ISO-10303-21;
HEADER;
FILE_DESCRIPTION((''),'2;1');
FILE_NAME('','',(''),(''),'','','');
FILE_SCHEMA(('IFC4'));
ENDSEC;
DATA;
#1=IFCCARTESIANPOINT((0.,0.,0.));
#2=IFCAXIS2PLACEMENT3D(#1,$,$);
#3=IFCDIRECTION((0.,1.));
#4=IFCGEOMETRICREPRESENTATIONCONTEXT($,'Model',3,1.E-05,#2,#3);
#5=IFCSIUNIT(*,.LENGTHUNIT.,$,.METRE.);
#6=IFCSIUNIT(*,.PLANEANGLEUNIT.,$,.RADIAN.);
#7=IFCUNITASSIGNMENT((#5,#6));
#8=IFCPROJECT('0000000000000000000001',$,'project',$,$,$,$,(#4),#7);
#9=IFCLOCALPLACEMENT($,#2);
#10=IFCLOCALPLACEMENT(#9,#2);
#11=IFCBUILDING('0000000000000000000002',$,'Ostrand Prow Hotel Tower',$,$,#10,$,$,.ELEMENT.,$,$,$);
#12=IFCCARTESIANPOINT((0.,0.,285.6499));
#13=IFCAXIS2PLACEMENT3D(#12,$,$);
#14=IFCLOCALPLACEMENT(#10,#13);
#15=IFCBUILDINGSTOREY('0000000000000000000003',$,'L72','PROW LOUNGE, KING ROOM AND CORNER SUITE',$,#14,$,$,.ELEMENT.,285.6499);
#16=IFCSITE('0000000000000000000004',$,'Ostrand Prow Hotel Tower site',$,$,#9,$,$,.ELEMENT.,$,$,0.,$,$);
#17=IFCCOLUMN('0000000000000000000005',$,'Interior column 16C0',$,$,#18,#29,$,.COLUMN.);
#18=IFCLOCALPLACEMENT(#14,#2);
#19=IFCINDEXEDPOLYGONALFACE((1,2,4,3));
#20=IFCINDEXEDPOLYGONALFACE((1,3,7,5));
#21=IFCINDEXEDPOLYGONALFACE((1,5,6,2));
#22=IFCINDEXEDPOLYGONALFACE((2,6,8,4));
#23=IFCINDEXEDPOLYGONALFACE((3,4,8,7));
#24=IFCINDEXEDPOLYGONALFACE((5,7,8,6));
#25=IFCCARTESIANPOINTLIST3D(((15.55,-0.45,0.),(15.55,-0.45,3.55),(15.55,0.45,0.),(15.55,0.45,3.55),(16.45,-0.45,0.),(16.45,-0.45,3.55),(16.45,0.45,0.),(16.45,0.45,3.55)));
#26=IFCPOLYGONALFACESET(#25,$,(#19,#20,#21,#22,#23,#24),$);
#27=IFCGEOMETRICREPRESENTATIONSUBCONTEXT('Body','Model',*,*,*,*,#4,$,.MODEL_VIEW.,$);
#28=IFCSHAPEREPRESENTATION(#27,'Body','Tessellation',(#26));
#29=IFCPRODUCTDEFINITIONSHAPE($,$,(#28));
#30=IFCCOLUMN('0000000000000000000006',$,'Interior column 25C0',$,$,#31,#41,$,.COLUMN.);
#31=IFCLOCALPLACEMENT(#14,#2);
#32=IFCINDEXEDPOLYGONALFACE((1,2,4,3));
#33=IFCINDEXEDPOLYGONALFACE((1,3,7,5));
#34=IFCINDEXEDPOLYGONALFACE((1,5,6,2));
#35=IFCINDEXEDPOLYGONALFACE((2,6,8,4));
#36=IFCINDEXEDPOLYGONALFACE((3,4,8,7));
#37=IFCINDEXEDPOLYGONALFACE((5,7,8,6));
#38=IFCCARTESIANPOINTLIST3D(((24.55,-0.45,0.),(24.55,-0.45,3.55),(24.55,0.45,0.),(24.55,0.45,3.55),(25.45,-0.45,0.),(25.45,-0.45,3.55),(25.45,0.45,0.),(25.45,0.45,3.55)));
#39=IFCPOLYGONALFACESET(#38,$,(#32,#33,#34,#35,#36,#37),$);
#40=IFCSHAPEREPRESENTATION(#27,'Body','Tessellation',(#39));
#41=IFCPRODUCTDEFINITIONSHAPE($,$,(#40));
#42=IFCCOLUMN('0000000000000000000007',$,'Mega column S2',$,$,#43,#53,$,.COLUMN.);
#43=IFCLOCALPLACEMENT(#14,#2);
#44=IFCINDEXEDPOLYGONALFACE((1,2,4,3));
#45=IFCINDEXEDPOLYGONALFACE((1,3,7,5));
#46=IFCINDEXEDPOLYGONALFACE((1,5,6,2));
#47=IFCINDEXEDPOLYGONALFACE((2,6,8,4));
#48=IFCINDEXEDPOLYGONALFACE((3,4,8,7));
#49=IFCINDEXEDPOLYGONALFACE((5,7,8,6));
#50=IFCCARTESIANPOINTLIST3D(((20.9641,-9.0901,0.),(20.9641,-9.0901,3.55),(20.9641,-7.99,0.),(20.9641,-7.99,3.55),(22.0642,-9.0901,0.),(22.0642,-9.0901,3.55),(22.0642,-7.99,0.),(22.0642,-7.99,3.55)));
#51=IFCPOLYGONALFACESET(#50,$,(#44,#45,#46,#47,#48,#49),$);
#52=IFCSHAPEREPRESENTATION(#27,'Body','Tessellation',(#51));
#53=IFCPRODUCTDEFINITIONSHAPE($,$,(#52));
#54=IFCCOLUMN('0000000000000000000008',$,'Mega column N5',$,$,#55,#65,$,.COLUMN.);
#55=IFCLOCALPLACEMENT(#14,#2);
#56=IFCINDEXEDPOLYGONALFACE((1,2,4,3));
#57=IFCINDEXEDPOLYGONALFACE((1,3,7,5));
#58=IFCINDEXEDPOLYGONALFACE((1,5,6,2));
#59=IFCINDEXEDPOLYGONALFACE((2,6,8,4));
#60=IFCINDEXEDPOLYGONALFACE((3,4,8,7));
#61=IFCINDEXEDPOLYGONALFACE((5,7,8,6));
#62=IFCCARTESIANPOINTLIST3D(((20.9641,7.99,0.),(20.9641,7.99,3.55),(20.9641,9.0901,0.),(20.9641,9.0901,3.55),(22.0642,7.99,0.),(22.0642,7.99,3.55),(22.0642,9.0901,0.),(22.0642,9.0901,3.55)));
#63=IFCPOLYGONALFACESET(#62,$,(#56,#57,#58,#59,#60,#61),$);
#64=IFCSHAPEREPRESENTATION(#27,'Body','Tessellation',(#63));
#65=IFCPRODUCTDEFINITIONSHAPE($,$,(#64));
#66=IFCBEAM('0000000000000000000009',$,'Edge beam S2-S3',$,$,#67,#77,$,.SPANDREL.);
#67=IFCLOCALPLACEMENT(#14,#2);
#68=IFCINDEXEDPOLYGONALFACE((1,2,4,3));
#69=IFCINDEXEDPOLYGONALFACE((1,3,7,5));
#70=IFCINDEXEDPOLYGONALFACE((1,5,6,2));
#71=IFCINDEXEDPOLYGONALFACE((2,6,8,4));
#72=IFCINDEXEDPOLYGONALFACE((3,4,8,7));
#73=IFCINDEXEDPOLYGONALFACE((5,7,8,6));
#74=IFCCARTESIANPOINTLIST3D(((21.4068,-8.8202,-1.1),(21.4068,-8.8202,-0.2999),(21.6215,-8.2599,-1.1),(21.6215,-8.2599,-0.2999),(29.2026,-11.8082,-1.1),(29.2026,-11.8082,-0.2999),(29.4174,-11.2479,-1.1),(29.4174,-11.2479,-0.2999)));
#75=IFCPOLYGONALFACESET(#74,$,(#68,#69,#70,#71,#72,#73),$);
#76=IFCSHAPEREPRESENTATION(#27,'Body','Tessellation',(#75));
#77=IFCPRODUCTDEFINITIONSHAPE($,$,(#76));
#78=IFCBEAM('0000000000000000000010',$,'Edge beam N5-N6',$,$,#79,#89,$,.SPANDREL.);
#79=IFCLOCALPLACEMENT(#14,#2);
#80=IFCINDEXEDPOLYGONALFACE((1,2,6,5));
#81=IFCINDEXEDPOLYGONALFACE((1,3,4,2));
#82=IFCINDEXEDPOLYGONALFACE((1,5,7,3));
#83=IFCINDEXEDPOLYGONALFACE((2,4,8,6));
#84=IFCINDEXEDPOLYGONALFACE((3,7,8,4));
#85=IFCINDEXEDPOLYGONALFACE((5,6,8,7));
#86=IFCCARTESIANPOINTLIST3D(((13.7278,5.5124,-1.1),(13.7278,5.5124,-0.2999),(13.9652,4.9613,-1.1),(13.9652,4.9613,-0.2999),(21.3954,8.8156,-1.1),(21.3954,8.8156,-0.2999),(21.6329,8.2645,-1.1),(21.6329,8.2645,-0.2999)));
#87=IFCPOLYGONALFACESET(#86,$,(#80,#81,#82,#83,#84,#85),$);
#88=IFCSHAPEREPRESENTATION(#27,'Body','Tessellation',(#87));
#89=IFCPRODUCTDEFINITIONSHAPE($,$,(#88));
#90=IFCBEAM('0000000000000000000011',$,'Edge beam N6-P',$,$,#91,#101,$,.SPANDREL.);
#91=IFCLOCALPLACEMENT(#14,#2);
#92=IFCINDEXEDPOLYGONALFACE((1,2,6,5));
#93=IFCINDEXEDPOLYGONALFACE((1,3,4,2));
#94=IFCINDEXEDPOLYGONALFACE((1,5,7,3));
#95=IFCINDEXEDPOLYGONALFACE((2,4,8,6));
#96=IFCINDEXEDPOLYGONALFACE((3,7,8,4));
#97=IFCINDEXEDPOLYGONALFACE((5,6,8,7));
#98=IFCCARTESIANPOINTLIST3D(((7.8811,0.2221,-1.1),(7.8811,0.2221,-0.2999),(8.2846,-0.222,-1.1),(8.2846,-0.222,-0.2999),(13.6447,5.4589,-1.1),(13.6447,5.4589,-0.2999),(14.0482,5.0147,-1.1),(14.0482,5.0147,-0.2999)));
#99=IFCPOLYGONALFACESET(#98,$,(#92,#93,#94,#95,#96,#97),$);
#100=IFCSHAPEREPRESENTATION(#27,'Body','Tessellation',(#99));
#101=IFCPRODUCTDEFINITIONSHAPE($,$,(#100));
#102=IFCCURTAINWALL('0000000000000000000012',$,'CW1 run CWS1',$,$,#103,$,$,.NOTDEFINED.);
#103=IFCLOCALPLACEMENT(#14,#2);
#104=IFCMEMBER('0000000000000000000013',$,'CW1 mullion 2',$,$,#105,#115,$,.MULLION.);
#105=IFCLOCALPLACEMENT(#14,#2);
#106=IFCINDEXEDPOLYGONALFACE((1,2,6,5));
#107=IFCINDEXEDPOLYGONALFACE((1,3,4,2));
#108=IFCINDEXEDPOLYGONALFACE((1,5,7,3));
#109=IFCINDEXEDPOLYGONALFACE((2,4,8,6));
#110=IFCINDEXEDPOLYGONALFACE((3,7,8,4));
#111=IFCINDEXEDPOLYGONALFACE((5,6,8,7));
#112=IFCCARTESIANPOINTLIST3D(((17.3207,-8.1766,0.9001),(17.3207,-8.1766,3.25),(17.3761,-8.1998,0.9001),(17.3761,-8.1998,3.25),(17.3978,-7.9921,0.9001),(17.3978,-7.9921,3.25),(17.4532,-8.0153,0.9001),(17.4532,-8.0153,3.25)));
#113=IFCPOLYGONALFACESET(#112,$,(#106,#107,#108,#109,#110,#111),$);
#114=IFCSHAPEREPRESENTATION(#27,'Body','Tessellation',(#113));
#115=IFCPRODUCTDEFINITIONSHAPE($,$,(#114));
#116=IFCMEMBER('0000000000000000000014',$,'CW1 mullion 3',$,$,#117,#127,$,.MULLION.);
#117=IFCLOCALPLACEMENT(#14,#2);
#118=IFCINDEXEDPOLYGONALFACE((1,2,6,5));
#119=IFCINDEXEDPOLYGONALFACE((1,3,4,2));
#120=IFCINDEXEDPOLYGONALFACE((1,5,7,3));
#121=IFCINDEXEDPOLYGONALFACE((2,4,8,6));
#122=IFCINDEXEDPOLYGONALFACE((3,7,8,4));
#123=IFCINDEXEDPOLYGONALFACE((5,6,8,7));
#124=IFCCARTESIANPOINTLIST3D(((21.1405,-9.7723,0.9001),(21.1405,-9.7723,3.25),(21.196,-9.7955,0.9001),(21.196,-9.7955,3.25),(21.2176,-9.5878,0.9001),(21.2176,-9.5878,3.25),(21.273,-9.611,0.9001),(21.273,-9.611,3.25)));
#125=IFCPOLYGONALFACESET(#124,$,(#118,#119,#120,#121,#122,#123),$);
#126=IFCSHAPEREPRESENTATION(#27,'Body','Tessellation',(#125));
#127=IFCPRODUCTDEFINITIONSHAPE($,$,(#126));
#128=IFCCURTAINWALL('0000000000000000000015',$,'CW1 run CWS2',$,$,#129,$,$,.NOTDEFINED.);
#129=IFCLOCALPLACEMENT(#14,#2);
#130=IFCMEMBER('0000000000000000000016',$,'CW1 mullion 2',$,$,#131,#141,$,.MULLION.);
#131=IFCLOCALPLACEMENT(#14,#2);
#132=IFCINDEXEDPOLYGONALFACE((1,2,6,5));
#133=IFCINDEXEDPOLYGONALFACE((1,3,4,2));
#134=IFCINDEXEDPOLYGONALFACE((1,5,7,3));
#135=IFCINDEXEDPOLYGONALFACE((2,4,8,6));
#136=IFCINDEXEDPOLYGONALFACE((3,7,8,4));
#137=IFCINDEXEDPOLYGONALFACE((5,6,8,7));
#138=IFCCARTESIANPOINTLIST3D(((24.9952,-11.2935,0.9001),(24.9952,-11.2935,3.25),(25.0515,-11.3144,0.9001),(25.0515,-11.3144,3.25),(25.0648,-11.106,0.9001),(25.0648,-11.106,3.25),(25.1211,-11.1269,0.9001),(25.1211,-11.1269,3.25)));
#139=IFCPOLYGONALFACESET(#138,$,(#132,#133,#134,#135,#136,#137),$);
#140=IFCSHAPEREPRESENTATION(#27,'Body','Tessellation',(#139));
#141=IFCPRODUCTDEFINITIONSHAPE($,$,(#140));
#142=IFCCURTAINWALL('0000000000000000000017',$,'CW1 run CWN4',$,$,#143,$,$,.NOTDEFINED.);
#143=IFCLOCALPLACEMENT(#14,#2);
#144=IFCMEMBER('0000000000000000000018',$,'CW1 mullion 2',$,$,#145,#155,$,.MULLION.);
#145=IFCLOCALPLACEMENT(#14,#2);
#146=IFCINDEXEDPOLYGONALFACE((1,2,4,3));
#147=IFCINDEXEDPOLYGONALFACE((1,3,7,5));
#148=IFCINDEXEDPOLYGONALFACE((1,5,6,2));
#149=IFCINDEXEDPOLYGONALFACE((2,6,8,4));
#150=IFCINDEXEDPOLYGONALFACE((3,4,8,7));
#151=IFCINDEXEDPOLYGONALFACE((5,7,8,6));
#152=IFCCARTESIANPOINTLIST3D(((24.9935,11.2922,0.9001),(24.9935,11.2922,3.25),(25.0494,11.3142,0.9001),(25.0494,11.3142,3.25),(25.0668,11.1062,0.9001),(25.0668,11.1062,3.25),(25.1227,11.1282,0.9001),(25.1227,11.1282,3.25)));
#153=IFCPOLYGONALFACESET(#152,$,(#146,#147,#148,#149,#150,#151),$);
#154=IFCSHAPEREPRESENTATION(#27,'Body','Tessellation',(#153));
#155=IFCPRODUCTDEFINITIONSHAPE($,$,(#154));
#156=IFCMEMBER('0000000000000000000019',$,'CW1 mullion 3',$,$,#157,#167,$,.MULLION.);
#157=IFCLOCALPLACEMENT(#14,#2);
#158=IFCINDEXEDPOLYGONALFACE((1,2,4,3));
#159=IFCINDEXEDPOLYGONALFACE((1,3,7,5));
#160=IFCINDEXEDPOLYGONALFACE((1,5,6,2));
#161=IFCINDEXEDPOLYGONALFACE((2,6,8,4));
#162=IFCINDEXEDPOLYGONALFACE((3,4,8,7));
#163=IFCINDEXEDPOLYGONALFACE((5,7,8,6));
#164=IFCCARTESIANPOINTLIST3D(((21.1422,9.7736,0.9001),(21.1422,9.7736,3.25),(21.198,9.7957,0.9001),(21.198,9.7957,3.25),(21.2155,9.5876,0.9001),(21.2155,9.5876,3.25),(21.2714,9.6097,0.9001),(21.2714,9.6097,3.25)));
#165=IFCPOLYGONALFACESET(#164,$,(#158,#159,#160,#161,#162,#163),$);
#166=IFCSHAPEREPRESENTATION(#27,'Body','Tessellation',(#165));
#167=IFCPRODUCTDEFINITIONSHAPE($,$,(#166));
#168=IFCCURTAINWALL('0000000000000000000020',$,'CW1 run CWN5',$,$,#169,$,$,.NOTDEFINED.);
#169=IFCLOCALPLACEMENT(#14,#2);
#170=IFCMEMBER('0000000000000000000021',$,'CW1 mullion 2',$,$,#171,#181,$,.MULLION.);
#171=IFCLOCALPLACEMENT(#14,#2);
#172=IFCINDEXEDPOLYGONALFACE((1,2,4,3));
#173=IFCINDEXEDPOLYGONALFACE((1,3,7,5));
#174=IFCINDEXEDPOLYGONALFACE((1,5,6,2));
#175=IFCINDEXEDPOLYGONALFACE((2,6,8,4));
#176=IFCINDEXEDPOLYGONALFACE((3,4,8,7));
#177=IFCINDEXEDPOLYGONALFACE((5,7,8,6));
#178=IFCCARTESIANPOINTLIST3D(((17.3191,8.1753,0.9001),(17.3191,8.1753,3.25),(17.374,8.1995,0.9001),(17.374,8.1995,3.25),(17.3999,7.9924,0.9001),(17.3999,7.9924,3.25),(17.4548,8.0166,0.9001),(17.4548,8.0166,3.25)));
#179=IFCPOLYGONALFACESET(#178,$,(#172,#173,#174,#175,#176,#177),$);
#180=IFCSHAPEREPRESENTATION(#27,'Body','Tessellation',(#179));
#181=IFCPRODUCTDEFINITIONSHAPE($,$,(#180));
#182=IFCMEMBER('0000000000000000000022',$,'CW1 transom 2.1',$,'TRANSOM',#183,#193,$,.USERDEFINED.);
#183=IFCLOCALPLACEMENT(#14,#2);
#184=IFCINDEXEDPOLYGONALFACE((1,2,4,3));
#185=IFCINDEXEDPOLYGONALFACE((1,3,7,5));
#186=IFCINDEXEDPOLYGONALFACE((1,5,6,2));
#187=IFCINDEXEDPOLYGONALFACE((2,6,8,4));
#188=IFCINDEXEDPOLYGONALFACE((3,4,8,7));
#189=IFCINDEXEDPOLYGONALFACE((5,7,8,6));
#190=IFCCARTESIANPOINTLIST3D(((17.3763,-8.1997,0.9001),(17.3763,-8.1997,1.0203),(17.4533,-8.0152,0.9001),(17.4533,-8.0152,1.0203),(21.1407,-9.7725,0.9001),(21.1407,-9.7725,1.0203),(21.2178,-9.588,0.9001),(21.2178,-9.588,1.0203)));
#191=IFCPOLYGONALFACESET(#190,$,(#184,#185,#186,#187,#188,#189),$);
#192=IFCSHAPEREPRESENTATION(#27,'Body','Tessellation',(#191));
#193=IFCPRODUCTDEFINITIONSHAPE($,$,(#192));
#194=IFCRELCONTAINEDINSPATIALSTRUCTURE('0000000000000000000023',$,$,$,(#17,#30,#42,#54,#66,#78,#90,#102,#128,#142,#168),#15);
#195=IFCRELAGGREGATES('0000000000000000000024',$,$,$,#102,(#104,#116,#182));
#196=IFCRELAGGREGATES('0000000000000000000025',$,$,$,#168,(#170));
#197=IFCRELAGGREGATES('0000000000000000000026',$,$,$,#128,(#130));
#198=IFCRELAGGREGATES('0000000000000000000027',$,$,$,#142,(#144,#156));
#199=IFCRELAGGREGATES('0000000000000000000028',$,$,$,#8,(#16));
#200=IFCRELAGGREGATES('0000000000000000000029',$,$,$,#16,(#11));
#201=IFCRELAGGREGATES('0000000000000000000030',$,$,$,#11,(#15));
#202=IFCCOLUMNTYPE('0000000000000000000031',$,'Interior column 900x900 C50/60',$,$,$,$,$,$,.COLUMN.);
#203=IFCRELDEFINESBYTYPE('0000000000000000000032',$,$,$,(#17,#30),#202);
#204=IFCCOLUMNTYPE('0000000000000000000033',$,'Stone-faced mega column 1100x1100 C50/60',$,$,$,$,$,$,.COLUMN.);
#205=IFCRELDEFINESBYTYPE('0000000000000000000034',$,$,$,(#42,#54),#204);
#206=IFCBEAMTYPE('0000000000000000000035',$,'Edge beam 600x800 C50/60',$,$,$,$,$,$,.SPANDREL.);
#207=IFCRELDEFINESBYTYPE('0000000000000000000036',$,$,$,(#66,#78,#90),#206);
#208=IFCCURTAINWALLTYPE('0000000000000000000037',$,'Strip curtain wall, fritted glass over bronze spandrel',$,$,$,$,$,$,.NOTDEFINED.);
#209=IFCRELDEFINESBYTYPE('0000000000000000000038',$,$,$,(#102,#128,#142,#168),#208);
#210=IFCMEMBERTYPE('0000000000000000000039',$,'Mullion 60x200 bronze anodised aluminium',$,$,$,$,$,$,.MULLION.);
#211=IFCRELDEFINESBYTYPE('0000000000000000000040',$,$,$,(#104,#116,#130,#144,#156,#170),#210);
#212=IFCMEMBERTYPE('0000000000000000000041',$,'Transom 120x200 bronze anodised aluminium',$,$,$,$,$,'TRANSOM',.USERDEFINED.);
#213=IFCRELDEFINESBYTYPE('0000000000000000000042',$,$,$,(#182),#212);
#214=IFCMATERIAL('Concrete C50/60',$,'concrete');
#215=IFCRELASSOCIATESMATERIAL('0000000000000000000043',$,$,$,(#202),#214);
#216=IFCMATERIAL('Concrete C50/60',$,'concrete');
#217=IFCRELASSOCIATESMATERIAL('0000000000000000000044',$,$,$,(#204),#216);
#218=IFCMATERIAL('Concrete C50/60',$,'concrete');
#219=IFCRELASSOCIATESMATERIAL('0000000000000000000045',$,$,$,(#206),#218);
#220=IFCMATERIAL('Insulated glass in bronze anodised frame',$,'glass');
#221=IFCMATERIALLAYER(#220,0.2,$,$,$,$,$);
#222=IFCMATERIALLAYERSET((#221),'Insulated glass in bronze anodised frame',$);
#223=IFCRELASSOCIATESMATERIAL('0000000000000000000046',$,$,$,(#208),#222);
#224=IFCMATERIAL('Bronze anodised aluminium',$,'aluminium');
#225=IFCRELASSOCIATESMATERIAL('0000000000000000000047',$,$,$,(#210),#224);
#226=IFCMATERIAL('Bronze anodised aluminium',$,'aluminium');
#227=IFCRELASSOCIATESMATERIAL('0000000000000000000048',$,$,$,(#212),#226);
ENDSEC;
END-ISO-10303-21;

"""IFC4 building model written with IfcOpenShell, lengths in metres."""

from ifc_helpers import new_model, si_unit, direction, frame, origin, origin_2d, place, context, subcontext, project, spatial, rectangle, extrude, material, layer, layer_set, material_profile, profile_set, type_object, element, aggregate, save


model = new_model("IFC4")

# Units and contexts
model_context = context("Model", 3, precision=1e-05, world=origin(), true_north=direction((0.0, 1.0)))
body_context = subcontext(model_context, "Body", "Model", "MODEL_VIEW")
ifc_project = project(units=[si_unit("LENGTHUNIT", "METRE"), si_unit("PLANEANGLEUNIT", "RADIAN")], contexts=[model_context])

# Site, building, storey
site_placement = place(None, origin())
site = spatial("IfcSite", under=ifc_project, at=site_placement, Name="Ostrand Prow Hotel Tower site", CompositionType="ELEMENT", RefElevation=0.0)
building_placement = place(site_placement, origin())
building = spatial("IfcBuilding", under=site, at=building_placement, Name="Ostrand Prow Hotel Tower", CompositionType="ELEMENT")
storey_placement = place(building_placement, frame((0.0, 0.0, 285.6499)))
storey = spatial("IfcBuildingStorey", under=building, at=storey_placement, Name="L72", Description="PROW LOUNGE, KING ROOM AND CORNER SUITE", CompositionType="ELEMENT", Elevation=285.6499)

# Columns
ifc_material_1 = material(Name="Concrete C50/60", Category="concrete")
ifc_material_profile_1 = material_profile(ifc_material_1, rectangle(XDim=0.8999, YDim=0.8999, at=origin_2d()), Name="RC 900x900")
ifc_profile_set_1 = profile_set([ifc_material_profile_1], Name="Concrete C50/60")
column_type_1 = type_object("IfcColumnType", Name="Interior column 900x900 C50/60", PredefinedType="COLUMN", material=ifc_profile_set_1)
for number, where, z_axis, x_axis, name in (
    (1, (16.0, 0.0, 0.0), (0.0, 0.0, 1.0), (1.0, 0.0, 0.0), "Interior column 16C0"),
    (2, (25.0, 0.0, 0.0), (0.0, 0.0, 1.0), (1.0, 0.0, 0.0), "Interior column 25C0"),
):
    element("IfcColumn", number, at=place(storey_placement, frame(where, z_axis=z_axis, x_axis=x_axis)), inside=storey, type_object=column_type_1, Name=name, PredefinedType="COLUMN", context=body_context, shape_type="SweptSolid", body=[
        extrude(rectangle(XDim=0.8999, YDim=0.8999, at=origin_2d()), origin(), (0.0, 0.0, 1.0), 3.55),
    ])
ifc_material_2 = material(Name="Concrete C50/60", Category="concrete")
ifc_material_profile_2 = material_profile(ifc_material_2, rectangle(XDim=1.1001, YDim=1.1001, at=origin_2d()), Name="RC 1100x1100")
ifc_profile_set_2 = profile_set([ifc_material_profile_2], Name="Concrete C50/60")
column_type_2 = type_object("IfcColumnType", Name="Stone-faced mega column 1100x1100 C50/60", PredefinedType="COLUMN", material=ifc_profile_set_2)
for number, where, z_axis, x_axis, name in (
    (3, (21.5142, -8.54, 0.0), (0.0, 0.0, 1.0), (1.0, 0.0, 0.0), "Mega column S2"),
    (4, (21.5142, 8.54, 0.0), (0.0, 0.0, 1.0), (1.0, 0.0, 0.0), "Mega column N5"),
):
    element("IfcColumn", number, at=place(storey_placement, frame(where, z_axis=z_axis, x_axis=x_axis)), inside=storey, type_object=column_type_2, Name=name, PredefinedType="COLUMN", context=body_context, shape_type="SweptSolid", body=[
        extrude(rectangle(XDim=1.1001, YDim=1.1001, at=origin_2d()), origin(), (0.0, 0.0, 1.0), 3.55),
    ])

# Beams
ifc_material_3 = material(Name="Concrete C50/60", Category="concrete")
ifc_material_profile_3 = material_profile(ifc_material_3, rectangle(XDim=0.6001, YDim=0.8, at=origin_2d()), Name="RC 600x800")
ifc_profile_set_3 = profile_set([ifc_material_profile_3], Name="Concrete C50/60")
beam_type = type_object("IfcBeamType", Name="Edge beam 600x800 C50/60", PredefinedType="SPANDREL", material=ifc_profile_set_3)
for number, where, z_axis, x_axis, name in (
    (5, (21.5142, -8.54, -0.7), (0.933762, -0.357895, 0.0), (0.357895, 0.933762, 0.0), "Edge beam S2-S3"),
    (6, (21.5142, 8.54, -0.7), (-0.918404, -0.395644, 0.0), (0.395644, -0.918404, 0.0), "Edge beam N5-N6"),
):
    element("IfcBeam", number, at=place(storey_placement, frame(where, z_axis=z_axis, x_axis=x_axis)), inside=storey, type_object=beam_type, Name=name, PredefinedType="SPANDREL", context=body_context, shape_type="SweptSolid", body=[
        extrude(rectangle(XDim=0.6001, YDim=0.8, at=origin_2d()), origin(), (0.0, 0.0, 1.0), 8.3489),
    ])
beam_placement = place(storey_placement, frame((13.8464, 5.2368, -0.7), z_axis=(-0.740124, -0.67247, 0.0), x_axis=(0.67247, -0.740124, 0.0)))
element("IfcBeam", 7, at=beam_placement, inside=storey, type_object=beam_type, Name="Edge beam N6-P", PredefinedType="SPANDREL", context=body_context, shape_type="SweptSolid", body=[
    extrude(rectangle(XDim=0.6001, YDim=0.8, at=origin_2d()), origin(), (0.0, 0.0, 1.0), 7.7874),
])

# Curtain wall, members
ifc_material_4 = material(Name="Insulated glass in bronze anodised frame", Category="glass")
ifc_layer_1 = layer(ifc_material_4, 0.2)
ifc_layer_set_1 = layer_set([ifc_layer_1], Name="Insulated glass in bronze anodised frame")
curtain_wall_type = type_object("IfcCurtainWallType", Name="Strip curtain wall, fritted glass over bronze spandrel", PredefinedType="NOTDEFINED", material=ifc_layer_set_1)
curtain_wall_1_placement = place(storey_placement, origin())
curtain_wall_1 = element("IfcCurtainWall", 8, at=curtain_wall_1_placement, inside=storey, type_object=curtain_wall_type, Name="CW1 run CWS1", PredefinedType="NOTDEFINED")
ifc_material_5 = material(Name="Bronze anodised aluminium", Category="aluminium")
ifc_material_profile_4 = material_profile(ifc_material_5, rectangle(XDim=0.2, YDim=0.0601, at=origin_2d()), Name="Mullion 60x200 bronze anodised aluminium")
ifc_profile_set_4 = profile_set([ifc_material_profile_4], Name="Bronze anodised aluminium")
member_type_1 = type_object("IfcMemberType", Name="Mullion 60x200 bronze anodised aluminium", PredefinedType="MULLION", material=ifc_profile_set_4)
member_1_placement = place(storey_placement, frame((17.387, -8.0959, 0.9001), z_axis=(0.0, 0.0, 1.0), x_axis=(0.385471, 0.92272, 0.0)))
member_1 = element("IfcMember", 9, at=member_1_placement, type_object=member_type_1, Name="CW1 mullion 2", PredefinedType="MULLION", context=body_context, shape_type="SweptSolid", body=[
    extrude(rectangle(XDim=0.2, YDim=0.0601, at=origin_2d()), origin(), (0.0, 0.0, 1.0), 2.3499),
])
member_2_placement = place(storey_placement, frame((21.2068, -9.6917, 0.9001), z_axis=(0.0, 0.0, 1.0), x_axis=(0.385471, 0.92272, 0.0)))
member_2 = element("IfcMember", 10, at=member_2_placement, type_object=member_type_1, Name="CW1 mullion 3", PredefinedType="MULLION", context=body_context, shape_type="SweptSolid", body=[
    extrude(rectangle(XDim=0.2, YDim=0.0601, at=origin_2d()), origin(), (0.0, 0.0, 1.0), 2.3499),
])

# Curtain wall, member
curtain_wall_2_placement = place(storey_placement, origin())
curtain_wall_2 = element("IfcCurtainWall", 11, at=curtain_wall_2_placement, inside=storey, type_object=curtain_wall_type, Name="CW1 run CWS2", PredefinedType="NOTDEFINED")
member_3_placement = place(storey_placement, frame((25.0581, -11.2102, 0.9001), z_axis=(0.0, 0.0, 1.0), x_axis=(0.348071, 0.937468, 0.0)))
member_3 = element("IfcMember", 12, at=member_3_placement, type_object=member_type_1, Name="CW1 mullion 2", PredefinedType="MULLION", context=body_context, shape_type="SweptSolid", body=[
    extrude(rectangle(XDim=0.2, YDim=0.0601, at=origin_2d()), origin(), (0.0, 0.0, 1.0), 2.3499),
])

# Curtain wall, members
curtain_wall_3_placement = place(storey_placement, origin())
curtain_wall_3 = element("IfcCurtainWall", 13, at=curtain_wall_3_placement, inside=storey, type_object=curtain_wall_type, Name="CW1 run CWN4", PredefinedType="NOTDEFINED")
member_4_placement = place(storey_placement, frame((25.0581, 11.2102, 0.9001), z_axis=(0.0, 0.0, 1.0), x_axis=(0.366845, -0.930282, 0.0)))
member_4 = element("IfcMember", 14, at=member_4_placement, type_object=member_type_1, Name="CW1 mullion 2", PredefinedType="MULLION", context=body_context, shape_type="SweptSolid", body=[
    extrude(rectangle(XDim=0.2, YDim=0.0601, at=origin_2d()), origin(), (0.0, 0.0, 1.0), 2.3499),
])
member_5_placement = place(storey_placement, frame((21.2068, 9.6917, 0.9001), z_axis=(0.0, 0.0, 1.0), x_axis=(0.366845, -0.930282, 0.0)))
member_5 = element("IfcMember", 15, at=member_5_placement, type_object=member_type_1, Name="CW1 mullion 3", PredefinedType="MULLION", context=body_context, shape_type="SweptSolid", body=[
    extrude(rectangle(XDim=0.2, YDim=0.0601, at=origin_2d()), origin(), (0.0, 0.0, 1.0), 2.3499),
])

# Curtain wall, member
curtain_wall_4_placement = place(storey_placement, origin())
curtain_wall_4 = element("IfcCurtainWall", 16, at=curtain_wall_4_placement, inside=storey, type_object=curtain_wall_type, Name="CW1 run CWN5", PredefinedType="NOTDEFINED")
member_6_placement = place(storey_placement, frame((17.387, 8.0959, 0.9001), z_axis=(0.0, 0.0, 1.0), x_axis=(0.40394, -0.914786, 0.0)))
member_6 = element("IfcMember", 17, at=member_6_placement, type_object=member_type_1, Name="CW1 mullion 2", PredefinedType="MULLION", context=body_context, shape_type="SweptSolid", body=[
    extrude(rectangle(XDim=0.2, YDim=0.0601, at=origin_2d()), origin(), (0.0, 0.0, 1.0), 2.3499),
])

# Member
ifc_material_6 = material(Name="Bronze anodised aluminium", Category="aluminium")
ifc_material_profile_5 = material_profile(ifc_material_6, rectangle(XDim=0.2, YDim=0.1201, at=origin_2d()), Name="Transom 120x200 bronze anodised aluminium")
ifc_profile_set_5 = profile_set([ifc_material_profile_5], Name="Bronze anodised aluminium")
member_type_2 = type_object("IfcMemberType", Name="Transom 120x200 bronze anodised aluminium", ElementType="TRANSOM", PredefinedType="USERDEFINED", material=ifc_profile_set_5)
member_7_placement = place(storey_placement, frame((17.4148, -8.1074, 0.9602), z_axis=(0.922706, -0.385503, 0.0), x_axis=(0.385503, 0.922706, 0.0)))
member_7 = element("IfcMember", 18, at=member_7_placement, type_object=member_type_2, Name="CW1 transom 2.1", ObjectType="TRANSOM", PredefinedType="USERDEFINED", context=body_context, shape_type="SweptSolid", body=[
    extrude(rectangle(XDim=0.2, YDim=0.1201, at=origin_2d()), origin(), (0.0, 0.0, 1.0), 4.0798),
])

aggregate(curtain_wall_1, [member_1, member_2, member_7])
aggregate(curtain_wall_4, [member_6])
aggregate(curtain_wall_2, [member_3])
aggregate(curtain_wall_3, [member_4, member_5])

save(model, "model.ifc")
